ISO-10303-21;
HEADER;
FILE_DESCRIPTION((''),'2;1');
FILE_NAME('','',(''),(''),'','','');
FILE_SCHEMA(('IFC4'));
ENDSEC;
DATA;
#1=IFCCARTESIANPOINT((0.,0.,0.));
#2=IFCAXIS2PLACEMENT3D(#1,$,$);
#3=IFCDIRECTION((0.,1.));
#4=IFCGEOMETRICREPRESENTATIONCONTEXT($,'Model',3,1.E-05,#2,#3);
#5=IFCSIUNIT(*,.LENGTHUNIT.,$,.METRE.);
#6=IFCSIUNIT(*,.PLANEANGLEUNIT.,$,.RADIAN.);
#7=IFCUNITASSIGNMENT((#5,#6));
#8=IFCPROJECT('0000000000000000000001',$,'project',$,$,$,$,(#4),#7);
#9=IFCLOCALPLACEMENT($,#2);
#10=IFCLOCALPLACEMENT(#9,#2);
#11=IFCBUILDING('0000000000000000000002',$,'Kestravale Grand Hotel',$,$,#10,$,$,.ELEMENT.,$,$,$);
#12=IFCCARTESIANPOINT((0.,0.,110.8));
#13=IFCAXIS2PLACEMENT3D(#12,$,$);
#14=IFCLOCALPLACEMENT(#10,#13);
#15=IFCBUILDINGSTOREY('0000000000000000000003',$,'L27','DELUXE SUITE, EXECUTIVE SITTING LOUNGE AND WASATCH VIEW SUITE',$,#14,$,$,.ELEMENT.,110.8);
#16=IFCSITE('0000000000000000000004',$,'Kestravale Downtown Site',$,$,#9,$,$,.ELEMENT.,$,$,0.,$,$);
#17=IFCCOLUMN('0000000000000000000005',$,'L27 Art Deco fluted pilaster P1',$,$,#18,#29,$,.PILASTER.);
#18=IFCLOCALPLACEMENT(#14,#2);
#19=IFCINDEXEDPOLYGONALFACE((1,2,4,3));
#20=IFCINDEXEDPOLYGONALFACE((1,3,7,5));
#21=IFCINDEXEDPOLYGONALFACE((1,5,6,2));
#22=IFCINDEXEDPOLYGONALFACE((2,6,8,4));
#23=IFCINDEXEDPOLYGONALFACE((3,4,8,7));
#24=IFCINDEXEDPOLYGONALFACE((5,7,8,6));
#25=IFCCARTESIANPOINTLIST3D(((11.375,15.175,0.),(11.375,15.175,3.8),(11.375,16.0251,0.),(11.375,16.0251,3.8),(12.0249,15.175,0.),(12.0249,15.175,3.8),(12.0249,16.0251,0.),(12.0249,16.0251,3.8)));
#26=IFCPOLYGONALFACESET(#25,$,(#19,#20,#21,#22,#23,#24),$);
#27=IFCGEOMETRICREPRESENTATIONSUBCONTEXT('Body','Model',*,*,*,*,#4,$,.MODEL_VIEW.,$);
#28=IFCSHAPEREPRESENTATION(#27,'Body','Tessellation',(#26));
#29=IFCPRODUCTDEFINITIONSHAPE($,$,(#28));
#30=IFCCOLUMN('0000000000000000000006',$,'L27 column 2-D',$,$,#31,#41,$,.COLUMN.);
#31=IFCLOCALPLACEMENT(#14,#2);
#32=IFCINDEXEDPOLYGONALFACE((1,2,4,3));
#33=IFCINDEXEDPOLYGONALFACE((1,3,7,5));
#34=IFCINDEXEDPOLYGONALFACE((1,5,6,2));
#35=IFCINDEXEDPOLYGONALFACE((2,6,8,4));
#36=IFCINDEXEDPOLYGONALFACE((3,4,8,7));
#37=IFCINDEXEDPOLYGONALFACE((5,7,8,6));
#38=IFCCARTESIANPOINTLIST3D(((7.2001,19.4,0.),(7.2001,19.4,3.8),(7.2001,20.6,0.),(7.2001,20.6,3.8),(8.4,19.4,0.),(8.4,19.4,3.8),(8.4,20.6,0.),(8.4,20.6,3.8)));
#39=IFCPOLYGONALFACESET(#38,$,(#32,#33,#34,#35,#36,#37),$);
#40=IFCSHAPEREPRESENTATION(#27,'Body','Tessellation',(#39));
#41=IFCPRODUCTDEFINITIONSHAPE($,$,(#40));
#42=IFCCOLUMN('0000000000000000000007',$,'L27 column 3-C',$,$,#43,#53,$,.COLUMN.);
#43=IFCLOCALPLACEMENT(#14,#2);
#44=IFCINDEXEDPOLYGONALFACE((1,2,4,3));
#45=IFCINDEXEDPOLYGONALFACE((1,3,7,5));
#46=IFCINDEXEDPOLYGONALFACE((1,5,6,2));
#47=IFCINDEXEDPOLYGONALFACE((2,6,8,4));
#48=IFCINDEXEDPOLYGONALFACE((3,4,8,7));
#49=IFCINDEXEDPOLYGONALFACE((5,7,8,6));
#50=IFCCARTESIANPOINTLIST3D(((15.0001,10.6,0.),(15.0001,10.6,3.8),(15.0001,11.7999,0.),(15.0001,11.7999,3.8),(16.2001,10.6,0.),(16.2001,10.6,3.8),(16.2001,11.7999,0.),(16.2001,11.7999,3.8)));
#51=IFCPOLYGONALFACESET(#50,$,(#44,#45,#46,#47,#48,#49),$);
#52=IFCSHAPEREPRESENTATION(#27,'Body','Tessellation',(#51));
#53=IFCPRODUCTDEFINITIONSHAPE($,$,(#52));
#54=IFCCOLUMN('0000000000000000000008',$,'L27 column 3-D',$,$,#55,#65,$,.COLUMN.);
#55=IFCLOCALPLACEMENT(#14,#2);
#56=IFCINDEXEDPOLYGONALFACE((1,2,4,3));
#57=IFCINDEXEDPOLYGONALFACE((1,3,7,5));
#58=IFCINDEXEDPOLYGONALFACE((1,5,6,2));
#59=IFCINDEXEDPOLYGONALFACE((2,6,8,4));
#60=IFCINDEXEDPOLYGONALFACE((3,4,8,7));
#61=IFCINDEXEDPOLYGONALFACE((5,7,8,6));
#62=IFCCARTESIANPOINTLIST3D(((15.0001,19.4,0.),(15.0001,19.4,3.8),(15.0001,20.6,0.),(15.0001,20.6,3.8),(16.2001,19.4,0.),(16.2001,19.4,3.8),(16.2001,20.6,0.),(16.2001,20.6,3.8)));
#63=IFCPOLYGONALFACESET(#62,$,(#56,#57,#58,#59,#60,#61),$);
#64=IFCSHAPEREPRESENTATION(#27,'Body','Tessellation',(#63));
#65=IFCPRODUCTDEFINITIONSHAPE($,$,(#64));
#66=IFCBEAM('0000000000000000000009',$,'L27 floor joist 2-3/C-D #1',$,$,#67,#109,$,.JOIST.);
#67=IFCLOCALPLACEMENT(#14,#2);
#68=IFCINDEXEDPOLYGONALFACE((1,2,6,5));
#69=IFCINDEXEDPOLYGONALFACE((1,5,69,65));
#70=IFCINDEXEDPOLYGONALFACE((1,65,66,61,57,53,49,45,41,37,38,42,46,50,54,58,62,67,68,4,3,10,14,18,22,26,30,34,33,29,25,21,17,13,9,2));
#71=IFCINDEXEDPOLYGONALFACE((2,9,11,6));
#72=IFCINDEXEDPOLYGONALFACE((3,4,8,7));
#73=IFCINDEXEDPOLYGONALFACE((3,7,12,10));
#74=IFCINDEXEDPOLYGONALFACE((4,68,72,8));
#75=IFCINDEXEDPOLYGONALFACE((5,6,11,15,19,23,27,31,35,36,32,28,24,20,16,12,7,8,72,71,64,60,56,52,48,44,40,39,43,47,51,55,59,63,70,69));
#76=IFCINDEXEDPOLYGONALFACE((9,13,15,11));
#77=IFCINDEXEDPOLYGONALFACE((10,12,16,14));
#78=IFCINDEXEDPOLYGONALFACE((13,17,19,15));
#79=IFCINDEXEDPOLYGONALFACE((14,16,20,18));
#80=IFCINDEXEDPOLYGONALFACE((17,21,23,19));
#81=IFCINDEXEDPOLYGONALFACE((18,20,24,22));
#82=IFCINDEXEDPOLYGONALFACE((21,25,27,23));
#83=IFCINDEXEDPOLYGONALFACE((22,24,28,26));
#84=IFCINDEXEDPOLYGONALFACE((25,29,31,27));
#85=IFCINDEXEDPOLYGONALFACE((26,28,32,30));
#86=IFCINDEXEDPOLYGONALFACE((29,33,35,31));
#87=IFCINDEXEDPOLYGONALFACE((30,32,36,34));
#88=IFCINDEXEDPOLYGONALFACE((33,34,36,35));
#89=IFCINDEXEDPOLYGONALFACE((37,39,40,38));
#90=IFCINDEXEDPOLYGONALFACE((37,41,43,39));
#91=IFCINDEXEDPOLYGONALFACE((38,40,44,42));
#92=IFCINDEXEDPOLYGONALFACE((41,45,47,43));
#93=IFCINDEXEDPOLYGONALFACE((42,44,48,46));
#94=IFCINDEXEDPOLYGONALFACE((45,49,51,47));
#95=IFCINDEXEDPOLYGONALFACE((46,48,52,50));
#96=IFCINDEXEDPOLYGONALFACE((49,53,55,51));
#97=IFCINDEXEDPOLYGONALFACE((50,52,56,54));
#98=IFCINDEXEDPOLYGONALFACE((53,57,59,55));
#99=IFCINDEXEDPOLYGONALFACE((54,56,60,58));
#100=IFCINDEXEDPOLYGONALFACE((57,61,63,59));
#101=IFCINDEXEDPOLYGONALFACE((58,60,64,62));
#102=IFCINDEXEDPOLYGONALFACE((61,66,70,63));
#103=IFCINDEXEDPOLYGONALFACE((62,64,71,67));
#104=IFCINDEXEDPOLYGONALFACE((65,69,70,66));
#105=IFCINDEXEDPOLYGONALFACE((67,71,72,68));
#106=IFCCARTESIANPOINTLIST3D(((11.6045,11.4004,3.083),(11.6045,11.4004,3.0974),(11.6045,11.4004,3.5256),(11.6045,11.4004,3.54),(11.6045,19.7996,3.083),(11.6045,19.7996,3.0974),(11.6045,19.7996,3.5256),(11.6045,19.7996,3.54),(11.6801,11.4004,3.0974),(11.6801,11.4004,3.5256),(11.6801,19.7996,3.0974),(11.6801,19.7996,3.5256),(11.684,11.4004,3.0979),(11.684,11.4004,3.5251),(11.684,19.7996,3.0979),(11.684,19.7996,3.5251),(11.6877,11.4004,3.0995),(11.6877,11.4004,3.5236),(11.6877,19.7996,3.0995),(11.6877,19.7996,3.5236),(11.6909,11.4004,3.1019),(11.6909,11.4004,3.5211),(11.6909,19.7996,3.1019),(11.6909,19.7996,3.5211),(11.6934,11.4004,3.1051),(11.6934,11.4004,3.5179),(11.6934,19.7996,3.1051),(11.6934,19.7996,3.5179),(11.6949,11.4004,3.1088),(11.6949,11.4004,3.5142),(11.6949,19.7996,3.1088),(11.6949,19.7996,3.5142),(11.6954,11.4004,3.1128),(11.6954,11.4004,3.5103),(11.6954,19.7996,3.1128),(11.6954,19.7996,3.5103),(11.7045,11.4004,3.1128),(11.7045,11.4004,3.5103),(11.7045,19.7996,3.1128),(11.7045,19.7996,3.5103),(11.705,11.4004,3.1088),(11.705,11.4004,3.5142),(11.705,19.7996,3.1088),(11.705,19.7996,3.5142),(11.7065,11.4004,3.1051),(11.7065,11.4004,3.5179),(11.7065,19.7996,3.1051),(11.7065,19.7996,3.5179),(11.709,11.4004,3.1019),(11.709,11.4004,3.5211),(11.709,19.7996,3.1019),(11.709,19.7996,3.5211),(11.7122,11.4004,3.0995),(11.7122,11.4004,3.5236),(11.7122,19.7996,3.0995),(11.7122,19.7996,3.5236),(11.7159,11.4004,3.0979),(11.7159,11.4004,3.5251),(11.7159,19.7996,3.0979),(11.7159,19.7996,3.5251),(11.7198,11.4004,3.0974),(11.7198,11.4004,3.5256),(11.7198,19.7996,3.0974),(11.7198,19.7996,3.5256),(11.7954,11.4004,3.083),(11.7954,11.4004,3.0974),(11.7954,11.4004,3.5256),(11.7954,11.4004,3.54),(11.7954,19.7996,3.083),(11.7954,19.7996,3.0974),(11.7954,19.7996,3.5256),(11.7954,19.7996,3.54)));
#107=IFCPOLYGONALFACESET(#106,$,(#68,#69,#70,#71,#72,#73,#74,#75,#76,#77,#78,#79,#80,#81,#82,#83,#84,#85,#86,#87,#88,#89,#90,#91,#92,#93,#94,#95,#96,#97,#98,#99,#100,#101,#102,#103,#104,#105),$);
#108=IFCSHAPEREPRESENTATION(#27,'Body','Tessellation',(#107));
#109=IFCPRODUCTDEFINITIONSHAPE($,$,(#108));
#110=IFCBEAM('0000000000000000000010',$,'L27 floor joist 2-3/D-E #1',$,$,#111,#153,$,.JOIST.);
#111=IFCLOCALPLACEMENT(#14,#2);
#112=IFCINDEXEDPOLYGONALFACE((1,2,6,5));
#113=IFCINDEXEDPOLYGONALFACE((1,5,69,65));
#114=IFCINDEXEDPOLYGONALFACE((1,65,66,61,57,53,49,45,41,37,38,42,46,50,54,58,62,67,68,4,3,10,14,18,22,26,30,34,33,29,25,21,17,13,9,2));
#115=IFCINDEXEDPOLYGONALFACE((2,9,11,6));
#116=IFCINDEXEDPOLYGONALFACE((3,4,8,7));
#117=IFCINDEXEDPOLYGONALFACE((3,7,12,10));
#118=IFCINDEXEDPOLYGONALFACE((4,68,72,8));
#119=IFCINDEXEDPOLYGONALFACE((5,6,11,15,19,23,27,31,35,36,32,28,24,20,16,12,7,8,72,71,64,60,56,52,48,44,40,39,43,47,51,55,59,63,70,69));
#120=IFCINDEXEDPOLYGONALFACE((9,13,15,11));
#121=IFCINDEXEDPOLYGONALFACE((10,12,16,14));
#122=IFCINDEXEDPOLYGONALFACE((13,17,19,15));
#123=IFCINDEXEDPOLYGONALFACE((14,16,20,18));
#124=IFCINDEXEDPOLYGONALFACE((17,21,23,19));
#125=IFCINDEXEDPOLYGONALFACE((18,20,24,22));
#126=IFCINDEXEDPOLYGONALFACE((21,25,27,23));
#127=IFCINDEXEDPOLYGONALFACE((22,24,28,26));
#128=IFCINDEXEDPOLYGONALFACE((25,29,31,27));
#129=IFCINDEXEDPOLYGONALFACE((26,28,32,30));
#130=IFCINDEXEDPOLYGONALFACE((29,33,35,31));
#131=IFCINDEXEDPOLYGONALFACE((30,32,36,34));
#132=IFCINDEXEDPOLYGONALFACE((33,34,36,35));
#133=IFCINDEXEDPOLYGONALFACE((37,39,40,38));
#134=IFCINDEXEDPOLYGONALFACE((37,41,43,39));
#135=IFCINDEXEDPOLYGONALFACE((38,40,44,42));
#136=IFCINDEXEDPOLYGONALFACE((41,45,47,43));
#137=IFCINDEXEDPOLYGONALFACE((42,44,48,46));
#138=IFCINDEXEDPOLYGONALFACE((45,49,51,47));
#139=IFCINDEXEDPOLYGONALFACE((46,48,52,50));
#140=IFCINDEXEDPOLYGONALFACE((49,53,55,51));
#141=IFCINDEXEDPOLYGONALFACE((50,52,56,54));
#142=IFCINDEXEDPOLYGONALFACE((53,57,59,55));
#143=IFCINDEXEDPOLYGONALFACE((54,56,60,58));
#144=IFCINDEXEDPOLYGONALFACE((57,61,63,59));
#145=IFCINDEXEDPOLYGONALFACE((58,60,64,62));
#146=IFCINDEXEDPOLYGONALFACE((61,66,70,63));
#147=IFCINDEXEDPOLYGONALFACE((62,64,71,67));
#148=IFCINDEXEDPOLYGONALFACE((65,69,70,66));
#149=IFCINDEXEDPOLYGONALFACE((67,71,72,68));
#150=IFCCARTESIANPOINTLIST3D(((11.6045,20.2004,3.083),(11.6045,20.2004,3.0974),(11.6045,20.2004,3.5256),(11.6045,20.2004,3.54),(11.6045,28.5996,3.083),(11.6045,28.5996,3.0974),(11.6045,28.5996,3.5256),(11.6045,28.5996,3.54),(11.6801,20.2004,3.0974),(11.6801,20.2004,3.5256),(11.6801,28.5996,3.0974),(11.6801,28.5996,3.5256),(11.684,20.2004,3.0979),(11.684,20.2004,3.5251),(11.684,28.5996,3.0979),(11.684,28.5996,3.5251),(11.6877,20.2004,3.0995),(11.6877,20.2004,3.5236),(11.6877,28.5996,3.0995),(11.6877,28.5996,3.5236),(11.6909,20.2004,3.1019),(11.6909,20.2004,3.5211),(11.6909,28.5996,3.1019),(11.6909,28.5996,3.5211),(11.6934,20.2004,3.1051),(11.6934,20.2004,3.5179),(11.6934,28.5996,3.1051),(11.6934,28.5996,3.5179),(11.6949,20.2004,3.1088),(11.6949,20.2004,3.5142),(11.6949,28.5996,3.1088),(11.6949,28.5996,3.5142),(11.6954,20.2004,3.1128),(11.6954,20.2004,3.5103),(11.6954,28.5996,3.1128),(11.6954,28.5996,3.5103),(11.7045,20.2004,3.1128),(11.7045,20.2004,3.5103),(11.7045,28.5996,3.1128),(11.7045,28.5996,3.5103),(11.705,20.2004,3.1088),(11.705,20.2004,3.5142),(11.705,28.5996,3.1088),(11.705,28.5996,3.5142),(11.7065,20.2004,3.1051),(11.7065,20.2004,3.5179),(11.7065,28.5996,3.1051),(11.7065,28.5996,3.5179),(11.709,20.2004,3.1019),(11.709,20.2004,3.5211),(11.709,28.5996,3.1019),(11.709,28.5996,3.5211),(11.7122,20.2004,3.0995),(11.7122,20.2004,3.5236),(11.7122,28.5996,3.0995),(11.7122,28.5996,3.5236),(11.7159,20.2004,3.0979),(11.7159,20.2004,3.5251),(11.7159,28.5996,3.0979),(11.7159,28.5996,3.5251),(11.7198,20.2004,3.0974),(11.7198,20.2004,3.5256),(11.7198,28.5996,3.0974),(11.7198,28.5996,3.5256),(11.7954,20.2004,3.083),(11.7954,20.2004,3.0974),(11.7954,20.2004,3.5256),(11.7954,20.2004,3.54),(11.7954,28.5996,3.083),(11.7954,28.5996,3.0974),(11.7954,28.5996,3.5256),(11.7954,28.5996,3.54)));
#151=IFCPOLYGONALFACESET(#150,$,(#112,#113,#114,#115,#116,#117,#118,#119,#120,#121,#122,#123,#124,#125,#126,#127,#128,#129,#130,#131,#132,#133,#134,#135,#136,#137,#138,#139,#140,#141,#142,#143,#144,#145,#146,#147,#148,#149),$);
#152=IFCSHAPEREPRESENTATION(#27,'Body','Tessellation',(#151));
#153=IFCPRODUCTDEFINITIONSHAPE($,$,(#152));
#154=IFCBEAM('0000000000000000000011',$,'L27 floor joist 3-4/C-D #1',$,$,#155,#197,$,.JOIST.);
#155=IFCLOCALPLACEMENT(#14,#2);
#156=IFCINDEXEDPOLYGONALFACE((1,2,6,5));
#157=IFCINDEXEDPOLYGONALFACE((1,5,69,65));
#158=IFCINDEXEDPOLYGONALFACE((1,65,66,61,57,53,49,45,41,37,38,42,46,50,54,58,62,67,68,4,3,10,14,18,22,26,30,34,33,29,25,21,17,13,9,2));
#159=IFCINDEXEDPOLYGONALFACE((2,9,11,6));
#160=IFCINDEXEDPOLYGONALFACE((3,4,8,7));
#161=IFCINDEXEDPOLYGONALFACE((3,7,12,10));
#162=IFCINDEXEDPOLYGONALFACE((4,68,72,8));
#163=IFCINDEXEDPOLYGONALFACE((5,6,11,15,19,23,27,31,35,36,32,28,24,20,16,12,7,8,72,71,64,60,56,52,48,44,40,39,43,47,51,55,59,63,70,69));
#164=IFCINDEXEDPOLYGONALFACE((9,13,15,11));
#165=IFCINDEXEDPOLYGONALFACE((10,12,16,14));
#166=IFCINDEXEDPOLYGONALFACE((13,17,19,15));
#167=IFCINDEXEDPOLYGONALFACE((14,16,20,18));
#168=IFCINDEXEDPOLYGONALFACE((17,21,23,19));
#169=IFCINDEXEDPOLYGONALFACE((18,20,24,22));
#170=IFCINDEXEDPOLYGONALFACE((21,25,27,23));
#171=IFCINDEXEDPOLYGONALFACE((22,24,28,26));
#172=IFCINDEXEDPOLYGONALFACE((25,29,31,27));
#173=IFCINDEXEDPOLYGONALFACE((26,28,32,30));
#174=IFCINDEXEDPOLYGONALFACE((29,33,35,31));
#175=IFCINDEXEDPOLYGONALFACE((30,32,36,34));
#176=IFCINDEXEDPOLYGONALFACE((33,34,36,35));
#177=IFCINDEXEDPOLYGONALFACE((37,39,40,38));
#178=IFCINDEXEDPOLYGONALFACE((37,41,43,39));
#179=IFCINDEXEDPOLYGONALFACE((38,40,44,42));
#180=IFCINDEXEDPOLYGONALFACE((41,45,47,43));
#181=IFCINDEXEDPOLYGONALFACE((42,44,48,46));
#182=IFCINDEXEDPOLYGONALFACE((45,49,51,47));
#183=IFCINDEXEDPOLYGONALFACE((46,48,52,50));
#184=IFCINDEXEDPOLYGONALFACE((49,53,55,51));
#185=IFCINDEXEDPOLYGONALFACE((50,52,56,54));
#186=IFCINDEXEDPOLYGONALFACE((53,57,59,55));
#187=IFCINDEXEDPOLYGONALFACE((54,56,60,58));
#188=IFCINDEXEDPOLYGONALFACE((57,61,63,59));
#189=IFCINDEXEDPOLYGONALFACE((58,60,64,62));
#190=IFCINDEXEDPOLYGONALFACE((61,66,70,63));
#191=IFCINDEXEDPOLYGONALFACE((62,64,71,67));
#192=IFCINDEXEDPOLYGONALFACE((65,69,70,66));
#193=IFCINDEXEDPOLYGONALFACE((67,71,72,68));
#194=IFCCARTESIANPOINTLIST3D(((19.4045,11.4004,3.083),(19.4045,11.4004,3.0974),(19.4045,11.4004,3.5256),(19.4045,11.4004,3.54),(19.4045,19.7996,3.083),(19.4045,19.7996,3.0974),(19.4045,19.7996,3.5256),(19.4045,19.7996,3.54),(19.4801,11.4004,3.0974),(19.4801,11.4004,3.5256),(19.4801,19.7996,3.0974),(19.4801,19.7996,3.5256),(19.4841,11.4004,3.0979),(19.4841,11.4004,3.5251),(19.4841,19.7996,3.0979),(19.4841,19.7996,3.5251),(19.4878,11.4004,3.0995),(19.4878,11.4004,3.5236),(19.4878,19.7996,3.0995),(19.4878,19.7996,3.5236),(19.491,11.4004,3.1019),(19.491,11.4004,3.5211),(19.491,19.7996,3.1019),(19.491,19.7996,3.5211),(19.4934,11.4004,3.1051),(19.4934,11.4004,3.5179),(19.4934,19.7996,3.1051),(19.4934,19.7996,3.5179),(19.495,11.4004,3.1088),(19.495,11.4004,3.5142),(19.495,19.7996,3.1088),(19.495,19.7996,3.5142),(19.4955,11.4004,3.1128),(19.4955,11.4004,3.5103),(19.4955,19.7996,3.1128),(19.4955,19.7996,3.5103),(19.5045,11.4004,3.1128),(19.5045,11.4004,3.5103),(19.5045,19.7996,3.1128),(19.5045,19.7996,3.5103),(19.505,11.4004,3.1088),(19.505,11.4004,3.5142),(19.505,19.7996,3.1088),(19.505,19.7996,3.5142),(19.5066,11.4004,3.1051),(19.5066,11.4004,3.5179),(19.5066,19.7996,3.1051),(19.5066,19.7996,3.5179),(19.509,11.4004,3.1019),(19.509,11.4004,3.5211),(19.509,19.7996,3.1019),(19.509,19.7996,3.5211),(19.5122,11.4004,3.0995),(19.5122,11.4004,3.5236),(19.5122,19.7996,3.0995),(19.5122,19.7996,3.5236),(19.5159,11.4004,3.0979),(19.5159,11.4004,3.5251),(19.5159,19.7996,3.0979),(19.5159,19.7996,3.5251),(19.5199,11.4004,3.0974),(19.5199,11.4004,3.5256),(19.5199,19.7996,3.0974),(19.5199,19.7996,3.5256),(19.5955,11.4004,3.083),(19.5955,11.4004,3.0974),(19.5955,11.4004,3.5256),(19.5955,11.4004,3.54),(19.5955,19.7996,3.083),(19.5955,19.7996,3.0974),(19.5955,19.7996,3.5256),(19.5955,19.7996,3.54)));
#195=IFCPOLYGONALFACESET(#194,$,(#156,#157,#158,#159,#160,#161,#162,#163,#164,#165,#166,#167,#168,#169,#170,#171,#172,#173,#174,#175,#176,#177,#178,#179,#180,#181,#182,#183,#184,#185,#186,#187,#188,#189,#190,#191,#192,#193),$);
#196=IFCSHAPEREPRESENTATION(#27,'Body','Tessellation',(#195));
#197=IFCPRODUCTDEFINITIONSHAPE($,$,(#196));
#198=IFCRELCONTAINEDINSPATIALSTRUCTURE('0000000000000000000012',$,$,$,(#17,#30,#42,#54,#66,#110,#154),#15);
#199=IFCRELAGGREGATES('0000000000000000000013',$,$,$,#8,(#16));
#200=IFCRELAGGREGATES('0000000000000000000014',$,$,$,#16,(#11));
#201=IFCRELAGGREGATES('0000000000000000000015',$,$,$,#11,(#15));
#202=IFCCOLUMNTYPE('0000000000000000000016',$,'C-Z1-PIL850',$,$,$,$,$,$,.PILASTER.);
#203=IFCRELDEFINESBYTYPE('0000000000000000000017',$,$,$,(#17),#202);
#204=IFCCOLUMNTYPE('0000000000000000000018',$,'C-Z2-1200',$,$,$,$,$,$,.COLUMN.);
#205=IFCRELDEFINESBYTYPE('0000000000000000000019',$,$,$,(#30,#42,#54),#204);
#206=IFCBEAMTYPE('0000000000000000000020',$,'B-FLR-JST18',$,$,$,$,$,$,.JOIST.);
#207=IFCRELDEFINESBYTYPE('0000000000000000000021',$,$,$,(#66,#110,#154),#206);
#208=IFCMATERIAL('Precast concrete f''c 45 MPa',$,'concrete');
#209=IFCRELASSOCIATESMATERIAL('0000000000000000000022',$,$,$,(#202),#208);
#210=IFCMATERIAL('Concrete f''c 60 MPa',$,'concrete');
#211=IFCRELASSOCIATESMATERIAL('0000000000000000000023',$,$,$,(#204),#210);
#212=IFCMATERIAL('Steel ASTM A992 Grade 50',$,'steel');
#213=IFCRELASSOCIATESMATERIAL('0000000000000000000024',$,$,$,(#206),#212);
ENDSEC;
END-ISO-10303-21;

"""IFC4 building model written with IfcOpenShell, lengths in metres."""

from ifc_helpers import new_model, si_unit, direction, frame, origin, origin_2d, place, context, subcontext, project, spatial, rectangle, i_section, extrude, material, material_profile, profile_set, type_object, element, save


model = new_model("IFC4")

# Units and contexts
model_context = context("Model", 3, precision=1e-05, world=origin(), true_north=direction((0.0, 1.0)))
body_context = subcontext(model_context, "Body", "Model", "MODEL_VIEW")
ifc_project = project(units=[si_unit("LENGTHUNIT", "METRE"), si_unit("PLANEANGLEUNIT", "RADIAN")], contexts=[model_context])

# Site, building, storey
site_placement = place(None, origin())
site = spatial("IfcSite", under=ifc_project, at=site_placement, Name="Kestravale Downtown Site", CompositionType="ELEMENT", RefElevation=0.0)
building_placement = place(site_placement, origin())
building = spatial("IfcBuilding", under=site, at=building_placement, Name="Kestravale Grand Hotel", CompositionType="ELEMENT")
storey_placement = place(building_placement, frame((0.0, 0.0, 110.8)))
storey = spatial("IfcBuildingStorey", under=building, at=storey_placement, Name="L27", Description="DELUXE SUITE, EXECUTIVE SITTING LOUNGE AND WASATCH VIEW SUITE", CompositionType="ELEMENT", Elevation=110.8)

# Columns
ifc_material_1 = material(Name="Precast concrete f'c 45 MPa", Category="concrete")
ifc_material_profile_1 = material_profile(ifc_material_1, rectangle(XDim=0.6499, YDim=0.8501, at=origin_2d()))
ifc_profile_set_1 = profile_set([ifc_material_profile_1], Name="Precast concrete f'c 45 MPa")
column_type_1 = type_object("IfcColumnType", Name="C-Z1-PIL850", PredefinedType="PILASTER", material=ifc_profile_set_1)
column_placement = place(storey_placement, frame((11.7, 15.6001, 0.0), z_axis=(0.0, 0.0, 1.0), x_axis=(1.0, 0.0, 0.0)))
element("IfcColumn", 1, at=column_placement, inside=storey, type_object=column_type_1, Name="L27 Art Deco fluted pilaster P1", PredefinedType="PILASTER", context=body_context, shape_type="SweptSolid", body=[
    extrude(rectangle(XDim=0.6499, YDim=0.8501, at=origin_2d()), origin(), (0.0, 0.0, 1.0), 3.8),
])
ifc_material_2 = material(Name="Concrete f'c 60 MPa", Category="concrete")
ifc_material_profile_2 = material_profile(ifc_material_2, rectangle(XDim=1.2, YDim=1.2, at=origin_2d()))
ifc_profile_set_2 = profile_set([ifc_material_profile_2], Name="Concrete f'c 60 MPa")
column_type_2 = type_object("IfcColumnType", Name="C-Z2-1200", PredefinedType="COLUMN", material=ifc_profile_set_2)
for number, where, z_axis, x_axis, name in (
    (2, (7.8, 20.0, 0.0), (0.0, 0.0, 1.0), (1.0, 0.0, 0.0), "L27 column 2-D"),
    (3, (15.6001, 11.2, 0.0), (0.0, 0.0, 1.0), (1.0, 0.0, 0.0), "L27 column 3-C"),
    (4, (15.6001, 20.0, 0.0), (0.0, 0.0, 1.0), (1.0, 0.0, 0.0), "L27 column 3-D"),
):
    element("IfcColumn", number, at=place(storey_placement, frame(where, z_axis=z_axis, x_axis=x_axis)), inside=storey, type_object=column_type_2, Name=name, PredefinedType="COLUMN", context=body_context, shape_type="SweptSolid", body=[
        extrude(rectangle(XDim=1.2, YDim=1.2, at=origin_2d()), origin(), (0.0, 0.0, 1.0), 3.8),
    ])

# Beams
ifc_material_3 = material(Name="Steel ASTM A992 Grade 50", Category="steel")
ifc_material_profile_3 = material_profile(ifc_material_3, i_section(OverallWidth=0.1909, OverallDepth=0.457, WebThickness=0.009, FlangeThickness=0.0144, FilletRadius=0.0154, at=origin_2d()))
ifc_profile_set_3 = profile_set([ifc_material_profile_3], Name="Steel ASTM A992 Grade 50")
beam_type_1 = type_object("IfcBeamType", Name="B-FLR-JST18", PredefinedType="JOIST", material=ifc_profile_set_3)
for number, where, z_axis, x_axis, name in (
    (5, (11.7, 11.4004, 3.3115), (0.0, 1.0, 0.0), (-1.0, 0.0, 0.0), "L27 floor joist 2-3/C-D #1"),
    (6, (11.7, 20.2004, 3.3115), (0.0, 1.0, 0.0), (-1.0, 0.0, 0.0), "L27 floor joist 2-3/D-E #1"),
    (7, (19.5, 11.4004, 3.3115), (0.0, 1.0, 0.0), (-1.0, 0.0, 0.0), "L27 floor joist 3-4/C-D #1"),
):
    element("IfcBeam", number, at=place(storey_placement, frame(where, z_axis=z_axis, x_axis=x_axis)), inside=storey, type_object=beam_type_1, Name=name, PredefinedType="JOIST", context=body_context, shape_type="SweptSolid", body=[
        extrude(i_section(OverallWidth=0.1909, OverallDepth=0.457, WebThickness=0.009, FlangeThickness=0.0144, FilletRadius=0.0154, at=origin_2d()), origin(), (0.0, 0.0, 1.0), 8.3992),
    ])

save(model, "model.ifc")
